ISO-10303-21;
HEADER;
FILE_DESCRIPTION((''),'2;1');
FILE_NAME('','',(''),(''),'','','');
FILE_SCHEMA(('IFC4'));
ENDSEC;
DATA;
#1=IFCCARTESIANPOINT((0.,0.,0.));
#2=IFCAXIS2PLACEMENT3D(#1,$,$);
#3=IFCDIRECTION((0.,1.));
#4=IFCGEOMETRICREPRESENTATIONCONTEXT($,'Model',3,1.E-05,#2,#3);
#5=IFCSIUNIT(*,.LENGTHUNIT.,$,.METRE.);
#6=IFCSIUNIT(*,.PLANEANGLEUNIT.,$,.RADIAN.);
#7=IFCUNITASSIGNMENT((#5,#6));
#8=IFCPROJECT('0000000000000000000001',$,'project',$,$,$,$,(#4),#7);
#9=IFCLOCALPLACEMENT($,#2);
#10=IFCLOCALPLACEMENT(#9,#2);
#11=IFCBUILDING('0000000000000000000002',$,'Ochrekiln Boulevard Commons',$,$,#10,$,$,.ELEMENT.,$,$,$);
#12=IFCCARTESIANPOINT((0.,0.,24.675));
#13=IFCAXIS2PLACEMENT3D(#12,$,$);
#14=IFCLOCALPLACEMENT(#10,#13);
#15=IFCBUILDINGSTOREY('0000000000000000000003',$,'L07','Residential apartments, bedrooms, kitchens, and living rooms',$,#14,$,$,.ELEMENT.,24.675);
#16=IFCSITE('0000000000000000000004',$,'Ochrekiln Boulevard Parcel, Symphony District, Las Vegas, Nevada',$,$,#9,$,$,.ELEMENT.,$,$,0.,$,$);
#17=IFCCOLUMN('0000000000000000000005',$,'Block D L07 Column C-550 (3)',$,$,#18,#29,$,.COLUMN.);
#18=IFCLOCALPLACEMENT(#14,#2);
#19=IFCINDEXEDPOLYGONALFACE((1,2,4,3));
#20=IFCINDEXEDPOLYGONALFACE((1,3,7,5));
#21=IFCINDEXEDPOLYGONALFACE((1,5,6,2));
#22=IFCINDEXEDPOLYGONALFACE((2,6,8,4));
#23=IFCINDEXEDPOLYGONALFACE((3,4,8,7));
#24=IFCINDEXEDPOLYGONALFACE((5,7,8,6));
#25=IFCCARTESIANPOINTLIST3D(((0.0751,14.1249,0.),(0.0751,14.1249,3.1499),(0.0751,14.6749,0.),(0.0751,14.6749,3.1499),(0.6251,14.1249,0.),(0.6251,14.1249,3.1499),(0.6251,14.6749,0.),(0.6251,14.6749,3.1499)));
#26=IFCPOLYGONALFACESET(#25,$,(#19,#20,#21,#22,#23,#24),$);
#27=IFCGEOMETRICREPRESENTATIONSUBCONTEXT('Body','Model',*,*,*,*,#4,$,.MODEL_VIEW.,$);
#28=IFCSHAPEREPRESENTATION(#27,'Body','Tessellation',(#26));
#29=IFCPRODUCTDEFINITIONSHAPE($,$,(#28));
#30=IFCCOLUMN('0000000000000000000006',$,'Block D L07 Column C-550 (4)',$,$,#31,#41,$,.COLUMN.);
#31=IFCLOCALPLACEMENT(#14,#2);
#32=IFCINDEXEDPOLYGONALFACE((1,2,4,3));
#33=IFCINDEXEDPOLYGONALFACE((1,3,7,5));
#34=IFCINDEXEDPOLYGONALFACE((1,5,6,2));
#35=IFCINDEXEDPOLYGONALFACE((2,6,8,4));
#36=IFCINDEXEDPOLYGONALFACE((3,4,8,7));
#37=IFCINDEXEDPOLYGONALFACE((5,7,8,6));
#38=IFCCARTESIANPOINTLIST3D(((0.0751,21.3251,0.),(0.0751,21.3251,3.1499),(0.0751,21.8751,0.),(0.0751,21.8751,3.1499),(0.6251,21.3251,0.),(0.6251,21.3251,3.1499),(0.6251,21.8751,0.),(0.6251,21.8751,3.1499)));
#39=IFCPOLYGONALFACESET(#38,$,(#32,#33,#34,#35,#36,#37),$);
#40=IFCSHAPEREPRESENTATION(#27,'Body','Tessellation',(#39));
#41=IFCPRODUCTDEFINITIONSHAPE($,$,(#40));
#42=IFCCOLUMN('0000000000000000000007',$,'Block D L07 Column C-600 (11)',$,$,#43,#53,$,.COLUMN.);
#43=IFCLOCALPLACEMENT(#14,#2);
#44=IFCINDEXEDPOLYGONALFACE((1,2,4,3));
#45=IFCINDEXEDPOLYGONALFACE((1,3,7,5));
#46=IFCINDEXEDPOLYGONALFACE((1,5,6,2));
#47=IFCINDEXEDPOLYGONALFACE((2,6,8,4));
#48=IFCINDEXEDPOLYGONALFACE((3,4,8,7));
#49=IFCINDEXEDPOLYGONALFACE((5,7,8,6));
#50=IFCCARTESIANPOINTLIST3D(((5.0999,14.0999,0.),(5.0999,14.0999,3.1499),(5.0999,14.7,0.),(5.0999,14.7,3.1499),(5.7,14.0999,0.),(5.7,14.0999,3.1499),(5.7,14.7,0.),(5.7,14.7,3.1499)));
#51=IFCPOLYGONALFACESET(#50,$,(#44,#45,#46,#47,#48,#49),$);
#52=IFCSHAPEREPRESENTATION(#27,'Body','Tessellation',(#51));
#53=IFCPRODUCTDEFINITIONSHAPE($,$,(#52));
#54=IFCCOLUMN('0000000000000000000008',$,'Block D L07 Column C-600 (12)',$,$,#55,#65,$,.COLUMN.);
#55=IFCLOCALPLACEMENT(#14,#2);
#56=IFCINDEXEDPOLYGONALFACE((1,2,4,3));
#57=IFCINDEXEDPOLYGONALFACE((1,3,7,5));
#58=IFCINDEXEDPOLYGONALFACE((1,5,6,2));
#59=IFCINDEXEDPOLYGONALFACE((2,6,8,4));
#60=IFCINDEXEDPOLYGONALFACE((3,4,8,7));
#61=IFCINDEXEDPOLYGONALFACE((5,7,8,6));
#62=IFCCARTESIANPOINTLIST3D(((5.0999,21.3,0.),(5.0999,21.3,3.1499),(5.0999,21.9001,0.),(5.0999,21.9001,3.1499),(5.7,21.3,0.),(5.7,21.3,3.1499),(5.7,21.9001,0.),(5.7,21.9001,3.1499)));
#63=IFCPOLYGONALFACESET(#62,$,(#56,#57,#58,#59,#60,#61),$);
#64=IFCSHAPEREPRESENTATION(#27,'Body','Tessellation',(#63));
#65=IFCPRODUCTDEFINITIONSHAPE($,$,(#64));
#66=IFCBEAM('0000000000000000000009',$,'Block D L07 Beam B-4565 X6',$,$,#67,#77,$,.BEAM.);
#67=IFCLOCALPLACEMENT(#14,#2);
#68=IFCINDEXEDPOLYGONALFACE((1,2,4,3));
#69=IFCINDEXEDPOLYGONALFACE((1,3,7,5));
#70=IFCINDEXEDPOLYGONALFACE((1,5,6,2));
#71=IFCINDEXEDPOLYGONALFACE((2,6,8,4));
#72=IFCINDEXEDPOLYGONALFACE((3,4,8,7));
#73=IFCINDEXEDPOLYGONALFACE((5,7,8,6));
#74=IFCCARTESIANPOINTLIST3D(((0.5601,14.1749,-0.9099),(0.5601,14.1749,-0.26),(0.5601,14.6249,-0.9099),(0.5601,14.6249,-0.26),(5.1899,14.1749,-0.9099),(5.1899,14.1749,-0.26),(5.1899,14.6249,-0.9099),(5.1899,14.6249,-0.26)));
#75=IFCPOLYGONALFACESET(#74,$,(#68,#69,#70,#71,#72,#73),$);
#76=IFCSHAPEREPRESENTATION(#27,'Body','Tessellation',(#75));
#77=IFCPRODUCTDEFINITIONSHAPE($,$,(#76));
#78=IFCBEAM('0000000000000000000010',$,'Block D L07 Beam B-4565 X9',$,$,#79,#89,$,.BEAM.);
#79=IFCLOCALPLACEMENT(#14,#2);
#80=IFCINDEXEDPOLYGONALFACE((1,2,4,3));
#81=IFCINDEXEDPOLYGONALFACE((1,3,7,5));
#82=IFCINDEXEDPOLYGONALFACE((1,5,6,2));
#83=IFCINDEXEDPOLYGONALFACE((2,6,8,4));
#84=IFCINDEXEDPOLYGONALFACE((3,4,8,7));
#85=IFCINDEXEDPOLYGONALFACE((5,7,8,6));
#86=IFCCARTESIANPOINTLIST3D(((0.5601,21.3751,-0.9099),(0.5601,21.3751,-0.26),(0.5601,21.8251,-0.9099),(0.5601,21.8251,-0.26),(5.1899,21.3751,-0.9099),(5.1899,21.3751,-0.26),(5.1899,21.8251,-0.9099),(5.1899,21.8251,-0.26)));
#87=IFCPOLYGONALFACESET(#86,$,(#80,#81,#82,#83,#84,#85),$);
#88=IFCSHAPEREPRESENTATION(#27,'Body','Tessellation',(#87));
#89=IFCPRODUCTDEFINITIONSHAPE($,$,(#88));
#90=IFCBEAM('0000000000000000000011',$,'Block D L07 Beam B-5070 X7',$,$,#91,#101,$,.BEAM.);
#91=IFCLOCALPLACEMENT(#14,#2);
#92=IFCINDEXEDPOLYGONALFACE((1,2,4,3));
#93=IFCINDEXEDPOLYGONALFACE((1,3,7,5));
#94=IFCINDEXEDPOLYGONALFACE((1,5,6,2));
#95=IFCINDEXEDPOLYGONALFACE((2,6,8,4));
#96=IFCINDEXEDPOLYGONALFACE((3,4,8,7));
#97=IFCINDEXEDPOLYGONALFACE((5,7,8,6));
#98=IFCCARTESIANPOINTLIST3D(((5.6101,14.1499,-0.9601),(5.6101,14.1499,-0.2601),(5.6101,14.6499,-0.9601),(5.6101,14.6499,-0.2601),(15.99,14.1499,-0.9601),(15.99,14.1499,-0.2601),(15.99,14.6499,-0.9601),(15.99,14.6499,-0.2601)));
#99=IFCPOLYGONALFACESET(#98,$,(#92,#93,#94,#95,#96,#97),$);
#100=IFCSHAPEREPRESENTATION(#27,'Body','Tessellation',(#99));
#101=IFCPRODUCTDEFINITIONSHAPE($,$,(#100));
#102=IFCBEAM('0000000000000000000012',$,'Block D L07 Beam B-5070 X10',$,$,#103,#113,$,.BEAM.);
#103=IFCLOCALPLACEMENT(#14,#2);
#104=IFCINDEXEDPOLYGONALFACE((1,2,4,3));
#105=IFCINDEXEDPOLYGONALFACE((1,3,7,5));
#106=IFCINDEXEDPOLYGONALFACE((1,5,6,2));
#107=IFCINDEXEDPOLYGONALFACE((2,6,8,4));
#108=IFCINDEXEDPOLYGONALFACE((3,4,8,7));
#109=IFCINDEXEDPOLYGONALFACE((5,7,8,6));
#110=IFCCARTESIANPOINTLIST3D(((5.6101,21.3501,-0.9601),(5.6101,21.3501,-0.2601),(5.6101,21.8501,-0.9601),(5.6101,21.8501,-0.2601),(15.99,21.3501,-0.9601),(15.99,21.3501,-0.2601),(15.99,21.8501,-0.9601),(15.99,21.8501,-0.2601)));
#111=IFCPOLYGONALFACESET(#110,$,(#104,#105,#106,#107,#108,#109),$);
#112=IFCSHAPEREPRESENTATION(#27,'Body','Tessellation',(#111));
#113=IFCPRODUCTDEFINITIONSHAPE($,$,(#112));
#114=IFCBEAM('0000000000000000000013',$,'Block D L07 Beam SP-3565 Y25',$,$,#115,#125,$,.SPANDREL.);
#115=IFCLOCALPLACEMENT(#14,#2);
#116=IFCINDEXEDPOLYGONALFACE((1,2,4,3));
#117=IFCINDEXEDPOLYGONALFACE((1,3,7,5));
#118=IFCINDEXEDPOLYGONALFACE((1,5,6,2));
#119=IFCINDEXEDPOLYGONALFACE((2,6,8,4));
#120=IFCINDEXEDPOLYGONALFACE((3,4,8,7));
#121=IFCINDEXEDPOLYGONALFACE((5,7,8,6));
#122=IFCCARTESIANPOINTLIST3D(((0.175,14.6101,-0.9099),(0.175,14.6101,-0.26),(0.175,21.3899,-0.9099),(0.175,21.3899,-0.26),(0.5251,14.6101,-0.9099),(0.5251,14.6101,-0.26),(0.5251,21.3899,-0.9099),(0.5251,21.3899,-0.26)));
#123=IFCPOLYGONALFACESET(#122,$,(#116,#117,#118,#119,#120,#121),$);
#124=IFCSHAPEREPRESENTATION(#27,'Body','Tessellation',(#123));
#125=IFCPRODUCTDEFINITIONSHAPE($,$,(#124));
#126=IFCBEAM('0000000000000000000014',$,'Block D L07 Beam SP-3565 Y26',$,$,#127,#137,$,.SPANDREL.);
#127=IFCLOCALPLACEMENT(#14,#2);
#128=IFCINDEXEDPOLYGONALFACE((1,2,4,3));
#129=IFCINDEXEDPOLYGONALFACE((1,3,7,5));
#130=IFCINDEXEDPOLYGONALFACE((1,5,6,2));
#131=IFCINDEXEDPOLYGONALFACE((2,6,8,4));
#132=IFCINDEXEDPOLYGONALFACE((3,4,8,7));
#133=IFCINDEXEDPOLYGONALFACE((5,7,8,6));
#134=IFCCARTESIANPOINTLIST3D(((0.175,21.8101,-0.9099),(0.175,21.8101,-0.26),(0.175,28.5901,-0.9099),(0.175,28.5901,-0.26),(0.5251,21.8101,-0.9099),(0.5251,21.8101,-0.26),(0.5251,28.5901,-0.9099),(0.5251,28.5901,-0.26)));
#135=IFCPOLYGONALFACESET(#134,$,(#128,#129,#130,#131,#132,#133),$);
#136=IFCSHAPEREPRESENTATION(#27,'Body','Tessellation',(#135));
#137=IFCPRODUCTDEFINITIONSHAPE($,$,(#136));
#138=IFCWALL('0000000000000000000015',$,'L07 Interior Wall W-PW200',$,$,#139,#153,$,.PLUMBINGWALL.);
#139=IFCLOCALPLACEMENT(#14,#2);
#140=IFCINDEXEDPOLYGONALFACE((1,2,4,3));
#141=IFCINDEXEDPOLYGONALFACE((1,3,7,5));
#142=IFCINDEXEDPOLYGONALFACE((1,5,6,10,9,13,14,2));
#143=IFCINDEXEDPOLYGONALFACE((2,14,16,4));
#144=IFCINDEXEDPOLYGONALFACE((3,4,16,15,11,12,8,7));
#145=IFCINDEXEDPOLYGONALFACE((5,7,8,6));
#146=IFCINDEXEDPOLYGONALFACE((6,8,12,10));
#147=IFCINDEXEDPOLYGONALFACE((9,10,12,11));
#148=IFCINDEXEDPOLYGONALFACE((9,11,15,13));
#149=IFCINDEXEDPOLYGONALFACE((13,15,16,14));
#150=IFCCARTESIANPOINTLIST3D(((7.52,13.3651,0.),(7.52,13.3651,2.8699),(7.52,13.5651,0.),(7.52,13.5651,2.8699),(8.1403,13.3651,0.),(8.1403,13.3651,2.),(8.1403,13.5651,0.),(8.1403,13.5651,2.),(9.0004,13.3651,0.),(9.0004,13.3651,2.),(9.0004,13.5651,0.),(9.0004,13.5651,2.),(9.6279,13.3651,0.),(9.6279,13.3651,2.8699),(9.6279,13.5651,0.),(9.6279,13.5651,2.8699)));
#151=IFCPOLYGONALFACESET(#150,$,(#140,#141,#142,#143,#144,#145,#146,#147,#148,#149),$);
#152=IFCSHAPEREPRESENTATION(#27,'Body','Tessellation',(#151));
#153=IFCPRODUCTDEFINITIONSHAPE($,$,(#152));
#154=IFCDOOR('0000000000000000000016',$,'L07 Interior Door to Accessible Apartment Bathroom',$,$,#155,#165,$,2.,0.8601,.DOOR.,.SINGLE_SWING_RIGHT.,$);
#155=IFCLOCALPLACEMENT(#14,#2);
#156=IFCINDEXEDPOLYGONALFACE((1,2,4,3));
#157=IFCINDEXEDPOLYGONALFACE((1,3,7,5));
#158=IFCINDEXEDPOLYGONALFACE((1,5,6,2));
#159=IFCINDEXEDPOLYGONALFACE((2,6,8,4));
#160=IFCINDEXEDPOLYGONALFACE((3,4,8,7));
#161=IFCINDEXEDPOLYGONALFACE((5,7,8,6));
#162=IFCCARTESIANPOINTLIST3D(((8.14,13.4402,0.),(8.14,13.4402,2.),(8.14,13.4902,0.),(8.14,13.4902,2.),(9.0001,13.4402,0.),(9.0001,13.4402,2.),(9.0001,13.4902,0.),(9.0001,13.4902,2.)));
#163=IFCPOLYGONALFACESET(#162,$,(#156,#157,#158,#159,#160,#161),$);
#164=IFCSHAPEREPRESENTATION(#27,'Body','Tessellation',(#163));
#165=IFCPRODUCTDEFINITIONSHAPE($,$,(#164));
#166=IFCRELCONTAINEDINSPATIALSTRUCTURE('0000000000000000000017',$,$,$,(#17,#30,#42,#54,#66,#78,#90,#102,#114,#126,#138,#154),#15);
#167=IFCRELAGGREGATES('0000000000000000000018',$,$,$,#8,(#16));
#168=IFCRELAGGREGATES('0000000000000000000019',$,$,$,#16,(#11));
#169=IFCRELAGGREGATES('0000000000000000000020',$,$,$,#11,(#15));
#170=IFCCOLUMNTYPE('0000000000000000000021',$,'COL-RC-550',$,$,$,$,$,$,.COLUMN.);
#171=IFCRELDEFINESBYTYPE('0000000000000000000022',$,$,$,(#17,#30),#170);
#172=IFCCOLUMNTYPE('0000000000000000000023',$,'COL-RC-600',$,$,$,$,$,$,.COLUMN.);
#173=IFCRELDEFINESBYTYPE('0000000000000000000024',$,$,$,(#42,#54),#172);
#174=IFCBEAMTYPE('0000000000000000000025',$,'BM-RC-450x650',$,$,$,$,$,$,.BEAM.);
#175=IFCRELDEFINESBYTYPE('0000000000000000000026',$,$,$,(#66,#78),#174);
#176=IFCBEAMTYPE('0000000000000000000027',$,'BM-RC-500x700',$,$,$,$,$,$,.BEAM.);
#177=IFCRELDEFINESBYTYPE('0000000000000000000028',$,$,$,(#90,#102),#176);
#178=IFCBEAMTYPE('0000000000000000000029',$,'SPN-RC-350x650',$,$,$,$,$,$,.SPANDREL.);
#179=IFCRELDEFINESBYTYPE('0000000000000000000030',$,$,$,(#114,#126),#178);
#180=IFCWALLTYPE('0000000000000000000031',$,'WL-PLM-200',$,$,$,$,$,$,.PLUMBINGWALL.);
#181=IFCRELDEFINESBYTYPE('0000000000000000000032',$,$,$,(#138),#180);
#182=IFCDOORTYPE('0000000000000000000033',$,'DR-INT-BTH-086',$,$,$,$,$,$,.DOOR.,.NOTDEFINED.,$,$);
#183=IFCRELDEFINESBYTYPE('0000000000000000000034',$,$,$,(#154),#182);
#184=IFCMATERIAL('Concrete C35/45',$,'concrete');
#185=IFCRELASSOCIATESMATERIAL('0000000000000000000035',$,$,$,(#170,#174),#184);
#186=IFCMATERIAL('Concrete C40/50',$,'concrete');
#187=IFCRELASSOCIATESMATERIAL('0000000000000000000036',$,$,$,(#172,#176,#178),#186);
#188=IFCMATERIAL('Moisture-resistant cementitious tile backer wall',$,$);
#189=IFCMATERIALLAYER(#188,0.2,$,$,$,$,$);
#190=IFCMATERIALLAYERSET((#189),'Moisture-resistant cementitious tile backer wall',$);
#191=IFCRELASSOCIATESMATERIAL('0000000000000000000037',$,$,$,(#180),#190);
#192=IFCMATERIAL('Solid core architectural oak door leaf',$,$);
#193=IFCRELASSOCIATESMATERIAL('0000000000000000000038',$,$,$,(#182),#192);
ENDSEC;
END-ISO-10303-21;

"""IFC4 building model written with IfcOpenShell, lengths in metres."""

from ifc_helpers import new_model, si_unit, direction, frame, frame_2d, origin, origin_2d, place, context, subcontext, project, spatial, rectangle, extrude, material, layer, layer_set, material_profile, profile_set, type_object, element, fill, save


model = new_model("IFC4")

# Units and contexts
model_context = context("Model", 3, precision=1e-05, world=origin(), true_north=direction((0.0, 1.0)))
body_context = subcontext(model_context, "Body", "Model", "MODEL_VIEW")
ifc_project = project(units=[si_unit("LENGTHUNIT", "METRE"), si_unit("PLANEANGLEUNIT", "RADIAN")], contexts=[model_context])

# Site, building, storey
site_placement = place(None, origin())
site = spatial("IfcSite", under=ifc_project, at=site_placement, Name="Ochrekiln Boulevard Parcel, Symphony District, Las Vegas, Nevada", CompositionType="ELEMENT", RefElevation=0.0)
building_placement = place(site_placement, origin())
building = spatial("IfcBuilding", under=site, at=building_placement, Name="Ochrekiln Boulevard Commons", CompositionType="ELEMENT")
storey_placement = place(building_placement, frame((0.0, 0.0, 24.675)))
storey = spatial("IfcBuildingStorey", under=building, at=storey_placement, Name="L07", Description="Residential apartments, bedrooms, kitchens, and living rooms", CompositionType="ELEMENT", Elevation=24.675)

# Columns
ifc_material_1 = material(Name="Concrete C35/45", Category="concrete")
ifc_material_profile_1 = material_profile(ifc_material_1, rectangle(XDim=0.55, YDim=0.55, at=origin_2d()), Name="RC-COL-550x550")
ifc_profile_set_1 = profile_set([ifc_material_profile_1], Name="Concrete C35/45")
column_type_1 = type_object("IfcColumnType", Name="COL-RC-550", PredefinedType="COLUMN", material=ifc_profile_set_1)
for number, where, z_axis, x_axis, name in (
    (1, (0.3501, 14.3999, 0.0), (0.0, 0.0, 1.0), (1.0, 0.0, 0.0), "Block D L07 Column C-550 (3)"),
    (2, (0.3501, 21.6001, 0.0), (0.0, 0.0, 1.0), (1.0, 0.0, 0.0), "Block D L07 Column C-550 (4)"),
):
    element("IfcColumn", number, at=place(storey_placement, frame(where, z_axis=z_axis, x_axis=x_axis)), inside=storey, type_object=column_type_1, Name=name, PredefinedType="COLUMN", context=body_context, shape_type="SweptSolid", body=[
        extrude(rectangle(XDim=0.55, YDim=0.55, at=origin_2d()), origin(), (0.0, 0.0, 1.0), 3.1499),
    ])
ifc_material_2 = material(Name="Concrete C40/50", Category="concrete")
ifc_material_profile_2 = material_profile(ifc_material_2, rectangle(XDim=0.6001, YDim=0.6001, at=origin_2d()), Name="RC-COL-600x600")
ifc_profile_set_2 = profile_set([ifc_material_profile_2], Name="Concrete C40/50")
column_type_2 = type_object("IfcColumnType", Name="COL-RC-600", PredefinedType="COLUMN", material=ifc_profile_set_2)
for number, where, z_axis, x_axis, name in (
    (3, (5.3999, 14.3999, 0.0), (0.0, 0.0, 1.0), (1.0, 0.0, 0.0), "Block D L07 Column C-600 (11)"),
    (4, (5.3999, 21.6001, 0.0), (0.0, 0.0, 1.0), (1.0, 0.0, 0.0), "Block D L07 Column C-600 (12)"),
):
    element("IfcColumn", number, at=place(storey_placement, frame(where, z_axis=z_axis, x_axis=x_axis)), inside=storey, type_object=column_type_2, Name=name, PredefinedType="COLUMN", context=body_context, shape_type="SweptSolid", body=[
        extrude(rectangle(XDim=0.6001, YDim=0.6001, at=origin_2d()), origin(), (0.0, 0.0, 1.0), 3.1499),
    ])

# Beams
ifc_material_profile_3 = material_profile(ifc_material_1, rectangle(XDim=0.45, YDim=0.6499, at=origin_2d()), Name="RC-BM-450x650")
ifc_profile_set_3 = profile_set([ifc_material_profile_3], Name="Concrete C35/45")
beam_type_1 = type_object("IfcBeamType", Name="BM-RC-450x650", PredefinedType="BEAM", material=ifc_profile_set_3)
for number, where, z_axis, x_axis, name in (
    (5, (0.5601, 14.3999, -0.585), (1.0, 0.0, 0.0), (0.0, 1.0, 0.0), "Block D L07 Beam B-4565 X6"),
    (6, (0.5601, 21.6001, -0.585), (1.0, 0.0, 0.0), (0.0, 1.0, 0.0), "Block D L07 Beam B-4565 X9"),
):
    element("IfcBeam", number, at=place(storey_placement, frame(where, z_axis=z_axis, x_axis=x_axis)), inside=storey, type_object=beam_type_1, Name=name, PredefinedType="BEAM", context=body_context, shape_type="SweptSolid", body=[
        extrude(rectangle(XDim=0.45, YDim=0.6499, at=origin_2d()), origin(), (0.0, 0.0, 1.0), 4.6299),
    ])
ifc_material_profile_4 = material_profile(ifc_material_2, rectangle(XDim=0.5, YDim=0.7, at=origin_2d()), Name="RC-BM-500x700")
ifc_profile_set_4 = profile_set([ifc_material_profile_4], Name="Concrete C40/50")
beam_type_2 = type_object("IfcBeamType", Name="BM-RC-500x700", PredefinedType="BEAM", material=ifc_profile_set_4)
for number, where, z_axis, x_axis, name in (
    (7, (5.6101, 14.3999, -0.6101), (1.0, 0.0, 0.0), (0.0, 1.0, 0.0), "Block D L07 Beam B-5070 X7"),
    (8, (5.6101, 21.6001, -0.6101), (1.0, 0.0, 0.0), (0.0, 1.0, 0.0), "Block D L07 Beam B-5070 X10"),
):
    element("IfcBeam", number, at=place(storey_placement, frame(where, z_axis=z_axis, x_axis=x_axis)), inside=storey, type_object=beam_type_2, Name=name, PredefinedType="BEAM", context=body_context, shape_type="SweptSolid", body=[
        extrude(rectangle(XDim=0.5, YDim=0.7, at=origin_2d()), origin(), (0.0, 0.0, 1.0), 10.3799),
    ])
ifc_material_profile_5 = material_profile(ifc_material_2, rectangle(XDim=0.3501, YDim=0.6499, at=origin_2d()), Name="RC-SPN-350x650")
ifc_profile_set_5 = profile_set([ifc_material_profile_5], Name="Concrete C40/50")
beam_type_3 = type_object("IfcBeamType", Name="SPN-RC-350x650", PredefinedType="SPANDREL", material=ifc_profile_set_5)
beam_1_placement = place(storey_placement, frame((0.3501, 14.6101, -0.585), z_axis=(0.0, 1.0, 0.0), x_axis=(-1.0, 0.0, 0.0)))
element("IfcBeam", 9, at=beam_1_placement, inside=storey, type_object=beam_type_3, Name="Block D L07 Beam SP-3565 Y25", PredefinedType="SPANDREL", context=body_context, shape_type="SweptSolid", body=[
    extrude(rectangle(XDim=0.3501, YDim=0.6499, at=origin_2d()), origin(), (0.0, 0.0, 1.0), 6.7798),
])
beam_2_placement = place(storey_placement, frame((0.3501, 21.8101, -0.585), z_axis=(0.0, 1.0, 0.0), x_axis=(-1.0, 0.0, 0.0)))
element("IfcBeam", 10, at=beam_2_placement, inside=storey, type_object=beam_type_3, Name="Block D L07 Beam SP-3565 Y26", PredefinedType="SPANDREL", context=body_context, shape_type="SweptSolid", body=[
    extrude(rectangle(XDim=0.3501, YDim=0.6499, at=origin_2d()), origin(), (0.0, 0.0, 1.0), 6.78),
])

# Wall, opening, door
ifc_material_3 = material(Name="Moisture-resistant cementitious tile backer wall")
ifc_layer_1 = layer(ifc_material_3, 0.2)
ifc_layer_set_1 = layer_set([ifc_layer_1], Name="Moisture-resistant cementitious tile backer wall")
wall_type_1 = type_object("IfcWallType", Name="WL-PLM-200", PredefinedType="PLUMBINGWALL", material=ifc_layer_set_1)
wall_1_placement = place(storey_placement, frame((7.52, 13.4651, 0.0), z_axis=(0.0, 0.0, 1.0), x_axis=(1.0, 0.0, 0.0)))
wall_1 = element("IfcWall", 11, at=wall_1_placement, inside=storey, type_object=wall_type_1, Name="L07 Interior Wall W-PW200", PredefinedType="PLUMBINGWALL", context=body_context, shape_type="SweptSolid", body=[
    extrude(rectangle(XDim=2.1079, YDim=0.2, at=frame_2d((1.054, 0.0))), origin(), (0.0, 0.0, 1.0), 2.8699),
])
opening_1_placement = place(wall_1_placement, frame((0.6201, 0.0, 0.0)))
opening_1 = element("IfcOpeningElement", 12, at=opening_1_placement, cuts=wall_1, PredefinedType="OPENING", context=body_context, shape_type="SweptSolid", body=[
    extrude(rectangle(XDim=0.8601, YDim=2.0, at=frame_2d((0.4302, 1.0))), frame((0.0, 0.1099, 0.0), z_axis=(0.0, -1.0, 0.0), x_axis=(1.0, 0.0, 0.0)), (0.0, 0.0, 1.0), 0.22),
])
ifc_material_4 = material(Name="Solid core architectural oak door leaf")
door_type_1 = type_object("IfcDoorType", Name="DR-INT-BTH-086", OperationType="NOTDEFINED", PredefinedType="DOOR", material=ifc_material_4)
door_1_placement = place(opening_1_placement, frame((0.8601, 0.0, 0.0), z_axis=(0.0, 0.0, 1.0), x_axis=(-1.0, 0.0, 0.0)))
door_1 = element("IfcDoor", 13, at=door_1_placement, inside=storey, type_object=door_type_1, Name="L07 Interior Door to Accessible Apartment Bathroom", OperationType="SINGLE_SWING_RIGHT", OverallHeight=2.0, OverallWidth=0.8601, PredefinedType="DOOR", context=body_context, shape_type="SweptSolid", body=[
    extrude(rectangle(XDim=0.8601, YDim=2.0, at=frame_2d((0.4302, 1.0))), frame((0.0, 0.0249, 0.0), z_axis=(0.0, -1.0, 0.0), x_axis=(1.0, 0.0, 0.0)), (0.0, 0.0, 1.0), 0.05),
])
fill(opening_1, door_1)

save(model, "model.ifc")
